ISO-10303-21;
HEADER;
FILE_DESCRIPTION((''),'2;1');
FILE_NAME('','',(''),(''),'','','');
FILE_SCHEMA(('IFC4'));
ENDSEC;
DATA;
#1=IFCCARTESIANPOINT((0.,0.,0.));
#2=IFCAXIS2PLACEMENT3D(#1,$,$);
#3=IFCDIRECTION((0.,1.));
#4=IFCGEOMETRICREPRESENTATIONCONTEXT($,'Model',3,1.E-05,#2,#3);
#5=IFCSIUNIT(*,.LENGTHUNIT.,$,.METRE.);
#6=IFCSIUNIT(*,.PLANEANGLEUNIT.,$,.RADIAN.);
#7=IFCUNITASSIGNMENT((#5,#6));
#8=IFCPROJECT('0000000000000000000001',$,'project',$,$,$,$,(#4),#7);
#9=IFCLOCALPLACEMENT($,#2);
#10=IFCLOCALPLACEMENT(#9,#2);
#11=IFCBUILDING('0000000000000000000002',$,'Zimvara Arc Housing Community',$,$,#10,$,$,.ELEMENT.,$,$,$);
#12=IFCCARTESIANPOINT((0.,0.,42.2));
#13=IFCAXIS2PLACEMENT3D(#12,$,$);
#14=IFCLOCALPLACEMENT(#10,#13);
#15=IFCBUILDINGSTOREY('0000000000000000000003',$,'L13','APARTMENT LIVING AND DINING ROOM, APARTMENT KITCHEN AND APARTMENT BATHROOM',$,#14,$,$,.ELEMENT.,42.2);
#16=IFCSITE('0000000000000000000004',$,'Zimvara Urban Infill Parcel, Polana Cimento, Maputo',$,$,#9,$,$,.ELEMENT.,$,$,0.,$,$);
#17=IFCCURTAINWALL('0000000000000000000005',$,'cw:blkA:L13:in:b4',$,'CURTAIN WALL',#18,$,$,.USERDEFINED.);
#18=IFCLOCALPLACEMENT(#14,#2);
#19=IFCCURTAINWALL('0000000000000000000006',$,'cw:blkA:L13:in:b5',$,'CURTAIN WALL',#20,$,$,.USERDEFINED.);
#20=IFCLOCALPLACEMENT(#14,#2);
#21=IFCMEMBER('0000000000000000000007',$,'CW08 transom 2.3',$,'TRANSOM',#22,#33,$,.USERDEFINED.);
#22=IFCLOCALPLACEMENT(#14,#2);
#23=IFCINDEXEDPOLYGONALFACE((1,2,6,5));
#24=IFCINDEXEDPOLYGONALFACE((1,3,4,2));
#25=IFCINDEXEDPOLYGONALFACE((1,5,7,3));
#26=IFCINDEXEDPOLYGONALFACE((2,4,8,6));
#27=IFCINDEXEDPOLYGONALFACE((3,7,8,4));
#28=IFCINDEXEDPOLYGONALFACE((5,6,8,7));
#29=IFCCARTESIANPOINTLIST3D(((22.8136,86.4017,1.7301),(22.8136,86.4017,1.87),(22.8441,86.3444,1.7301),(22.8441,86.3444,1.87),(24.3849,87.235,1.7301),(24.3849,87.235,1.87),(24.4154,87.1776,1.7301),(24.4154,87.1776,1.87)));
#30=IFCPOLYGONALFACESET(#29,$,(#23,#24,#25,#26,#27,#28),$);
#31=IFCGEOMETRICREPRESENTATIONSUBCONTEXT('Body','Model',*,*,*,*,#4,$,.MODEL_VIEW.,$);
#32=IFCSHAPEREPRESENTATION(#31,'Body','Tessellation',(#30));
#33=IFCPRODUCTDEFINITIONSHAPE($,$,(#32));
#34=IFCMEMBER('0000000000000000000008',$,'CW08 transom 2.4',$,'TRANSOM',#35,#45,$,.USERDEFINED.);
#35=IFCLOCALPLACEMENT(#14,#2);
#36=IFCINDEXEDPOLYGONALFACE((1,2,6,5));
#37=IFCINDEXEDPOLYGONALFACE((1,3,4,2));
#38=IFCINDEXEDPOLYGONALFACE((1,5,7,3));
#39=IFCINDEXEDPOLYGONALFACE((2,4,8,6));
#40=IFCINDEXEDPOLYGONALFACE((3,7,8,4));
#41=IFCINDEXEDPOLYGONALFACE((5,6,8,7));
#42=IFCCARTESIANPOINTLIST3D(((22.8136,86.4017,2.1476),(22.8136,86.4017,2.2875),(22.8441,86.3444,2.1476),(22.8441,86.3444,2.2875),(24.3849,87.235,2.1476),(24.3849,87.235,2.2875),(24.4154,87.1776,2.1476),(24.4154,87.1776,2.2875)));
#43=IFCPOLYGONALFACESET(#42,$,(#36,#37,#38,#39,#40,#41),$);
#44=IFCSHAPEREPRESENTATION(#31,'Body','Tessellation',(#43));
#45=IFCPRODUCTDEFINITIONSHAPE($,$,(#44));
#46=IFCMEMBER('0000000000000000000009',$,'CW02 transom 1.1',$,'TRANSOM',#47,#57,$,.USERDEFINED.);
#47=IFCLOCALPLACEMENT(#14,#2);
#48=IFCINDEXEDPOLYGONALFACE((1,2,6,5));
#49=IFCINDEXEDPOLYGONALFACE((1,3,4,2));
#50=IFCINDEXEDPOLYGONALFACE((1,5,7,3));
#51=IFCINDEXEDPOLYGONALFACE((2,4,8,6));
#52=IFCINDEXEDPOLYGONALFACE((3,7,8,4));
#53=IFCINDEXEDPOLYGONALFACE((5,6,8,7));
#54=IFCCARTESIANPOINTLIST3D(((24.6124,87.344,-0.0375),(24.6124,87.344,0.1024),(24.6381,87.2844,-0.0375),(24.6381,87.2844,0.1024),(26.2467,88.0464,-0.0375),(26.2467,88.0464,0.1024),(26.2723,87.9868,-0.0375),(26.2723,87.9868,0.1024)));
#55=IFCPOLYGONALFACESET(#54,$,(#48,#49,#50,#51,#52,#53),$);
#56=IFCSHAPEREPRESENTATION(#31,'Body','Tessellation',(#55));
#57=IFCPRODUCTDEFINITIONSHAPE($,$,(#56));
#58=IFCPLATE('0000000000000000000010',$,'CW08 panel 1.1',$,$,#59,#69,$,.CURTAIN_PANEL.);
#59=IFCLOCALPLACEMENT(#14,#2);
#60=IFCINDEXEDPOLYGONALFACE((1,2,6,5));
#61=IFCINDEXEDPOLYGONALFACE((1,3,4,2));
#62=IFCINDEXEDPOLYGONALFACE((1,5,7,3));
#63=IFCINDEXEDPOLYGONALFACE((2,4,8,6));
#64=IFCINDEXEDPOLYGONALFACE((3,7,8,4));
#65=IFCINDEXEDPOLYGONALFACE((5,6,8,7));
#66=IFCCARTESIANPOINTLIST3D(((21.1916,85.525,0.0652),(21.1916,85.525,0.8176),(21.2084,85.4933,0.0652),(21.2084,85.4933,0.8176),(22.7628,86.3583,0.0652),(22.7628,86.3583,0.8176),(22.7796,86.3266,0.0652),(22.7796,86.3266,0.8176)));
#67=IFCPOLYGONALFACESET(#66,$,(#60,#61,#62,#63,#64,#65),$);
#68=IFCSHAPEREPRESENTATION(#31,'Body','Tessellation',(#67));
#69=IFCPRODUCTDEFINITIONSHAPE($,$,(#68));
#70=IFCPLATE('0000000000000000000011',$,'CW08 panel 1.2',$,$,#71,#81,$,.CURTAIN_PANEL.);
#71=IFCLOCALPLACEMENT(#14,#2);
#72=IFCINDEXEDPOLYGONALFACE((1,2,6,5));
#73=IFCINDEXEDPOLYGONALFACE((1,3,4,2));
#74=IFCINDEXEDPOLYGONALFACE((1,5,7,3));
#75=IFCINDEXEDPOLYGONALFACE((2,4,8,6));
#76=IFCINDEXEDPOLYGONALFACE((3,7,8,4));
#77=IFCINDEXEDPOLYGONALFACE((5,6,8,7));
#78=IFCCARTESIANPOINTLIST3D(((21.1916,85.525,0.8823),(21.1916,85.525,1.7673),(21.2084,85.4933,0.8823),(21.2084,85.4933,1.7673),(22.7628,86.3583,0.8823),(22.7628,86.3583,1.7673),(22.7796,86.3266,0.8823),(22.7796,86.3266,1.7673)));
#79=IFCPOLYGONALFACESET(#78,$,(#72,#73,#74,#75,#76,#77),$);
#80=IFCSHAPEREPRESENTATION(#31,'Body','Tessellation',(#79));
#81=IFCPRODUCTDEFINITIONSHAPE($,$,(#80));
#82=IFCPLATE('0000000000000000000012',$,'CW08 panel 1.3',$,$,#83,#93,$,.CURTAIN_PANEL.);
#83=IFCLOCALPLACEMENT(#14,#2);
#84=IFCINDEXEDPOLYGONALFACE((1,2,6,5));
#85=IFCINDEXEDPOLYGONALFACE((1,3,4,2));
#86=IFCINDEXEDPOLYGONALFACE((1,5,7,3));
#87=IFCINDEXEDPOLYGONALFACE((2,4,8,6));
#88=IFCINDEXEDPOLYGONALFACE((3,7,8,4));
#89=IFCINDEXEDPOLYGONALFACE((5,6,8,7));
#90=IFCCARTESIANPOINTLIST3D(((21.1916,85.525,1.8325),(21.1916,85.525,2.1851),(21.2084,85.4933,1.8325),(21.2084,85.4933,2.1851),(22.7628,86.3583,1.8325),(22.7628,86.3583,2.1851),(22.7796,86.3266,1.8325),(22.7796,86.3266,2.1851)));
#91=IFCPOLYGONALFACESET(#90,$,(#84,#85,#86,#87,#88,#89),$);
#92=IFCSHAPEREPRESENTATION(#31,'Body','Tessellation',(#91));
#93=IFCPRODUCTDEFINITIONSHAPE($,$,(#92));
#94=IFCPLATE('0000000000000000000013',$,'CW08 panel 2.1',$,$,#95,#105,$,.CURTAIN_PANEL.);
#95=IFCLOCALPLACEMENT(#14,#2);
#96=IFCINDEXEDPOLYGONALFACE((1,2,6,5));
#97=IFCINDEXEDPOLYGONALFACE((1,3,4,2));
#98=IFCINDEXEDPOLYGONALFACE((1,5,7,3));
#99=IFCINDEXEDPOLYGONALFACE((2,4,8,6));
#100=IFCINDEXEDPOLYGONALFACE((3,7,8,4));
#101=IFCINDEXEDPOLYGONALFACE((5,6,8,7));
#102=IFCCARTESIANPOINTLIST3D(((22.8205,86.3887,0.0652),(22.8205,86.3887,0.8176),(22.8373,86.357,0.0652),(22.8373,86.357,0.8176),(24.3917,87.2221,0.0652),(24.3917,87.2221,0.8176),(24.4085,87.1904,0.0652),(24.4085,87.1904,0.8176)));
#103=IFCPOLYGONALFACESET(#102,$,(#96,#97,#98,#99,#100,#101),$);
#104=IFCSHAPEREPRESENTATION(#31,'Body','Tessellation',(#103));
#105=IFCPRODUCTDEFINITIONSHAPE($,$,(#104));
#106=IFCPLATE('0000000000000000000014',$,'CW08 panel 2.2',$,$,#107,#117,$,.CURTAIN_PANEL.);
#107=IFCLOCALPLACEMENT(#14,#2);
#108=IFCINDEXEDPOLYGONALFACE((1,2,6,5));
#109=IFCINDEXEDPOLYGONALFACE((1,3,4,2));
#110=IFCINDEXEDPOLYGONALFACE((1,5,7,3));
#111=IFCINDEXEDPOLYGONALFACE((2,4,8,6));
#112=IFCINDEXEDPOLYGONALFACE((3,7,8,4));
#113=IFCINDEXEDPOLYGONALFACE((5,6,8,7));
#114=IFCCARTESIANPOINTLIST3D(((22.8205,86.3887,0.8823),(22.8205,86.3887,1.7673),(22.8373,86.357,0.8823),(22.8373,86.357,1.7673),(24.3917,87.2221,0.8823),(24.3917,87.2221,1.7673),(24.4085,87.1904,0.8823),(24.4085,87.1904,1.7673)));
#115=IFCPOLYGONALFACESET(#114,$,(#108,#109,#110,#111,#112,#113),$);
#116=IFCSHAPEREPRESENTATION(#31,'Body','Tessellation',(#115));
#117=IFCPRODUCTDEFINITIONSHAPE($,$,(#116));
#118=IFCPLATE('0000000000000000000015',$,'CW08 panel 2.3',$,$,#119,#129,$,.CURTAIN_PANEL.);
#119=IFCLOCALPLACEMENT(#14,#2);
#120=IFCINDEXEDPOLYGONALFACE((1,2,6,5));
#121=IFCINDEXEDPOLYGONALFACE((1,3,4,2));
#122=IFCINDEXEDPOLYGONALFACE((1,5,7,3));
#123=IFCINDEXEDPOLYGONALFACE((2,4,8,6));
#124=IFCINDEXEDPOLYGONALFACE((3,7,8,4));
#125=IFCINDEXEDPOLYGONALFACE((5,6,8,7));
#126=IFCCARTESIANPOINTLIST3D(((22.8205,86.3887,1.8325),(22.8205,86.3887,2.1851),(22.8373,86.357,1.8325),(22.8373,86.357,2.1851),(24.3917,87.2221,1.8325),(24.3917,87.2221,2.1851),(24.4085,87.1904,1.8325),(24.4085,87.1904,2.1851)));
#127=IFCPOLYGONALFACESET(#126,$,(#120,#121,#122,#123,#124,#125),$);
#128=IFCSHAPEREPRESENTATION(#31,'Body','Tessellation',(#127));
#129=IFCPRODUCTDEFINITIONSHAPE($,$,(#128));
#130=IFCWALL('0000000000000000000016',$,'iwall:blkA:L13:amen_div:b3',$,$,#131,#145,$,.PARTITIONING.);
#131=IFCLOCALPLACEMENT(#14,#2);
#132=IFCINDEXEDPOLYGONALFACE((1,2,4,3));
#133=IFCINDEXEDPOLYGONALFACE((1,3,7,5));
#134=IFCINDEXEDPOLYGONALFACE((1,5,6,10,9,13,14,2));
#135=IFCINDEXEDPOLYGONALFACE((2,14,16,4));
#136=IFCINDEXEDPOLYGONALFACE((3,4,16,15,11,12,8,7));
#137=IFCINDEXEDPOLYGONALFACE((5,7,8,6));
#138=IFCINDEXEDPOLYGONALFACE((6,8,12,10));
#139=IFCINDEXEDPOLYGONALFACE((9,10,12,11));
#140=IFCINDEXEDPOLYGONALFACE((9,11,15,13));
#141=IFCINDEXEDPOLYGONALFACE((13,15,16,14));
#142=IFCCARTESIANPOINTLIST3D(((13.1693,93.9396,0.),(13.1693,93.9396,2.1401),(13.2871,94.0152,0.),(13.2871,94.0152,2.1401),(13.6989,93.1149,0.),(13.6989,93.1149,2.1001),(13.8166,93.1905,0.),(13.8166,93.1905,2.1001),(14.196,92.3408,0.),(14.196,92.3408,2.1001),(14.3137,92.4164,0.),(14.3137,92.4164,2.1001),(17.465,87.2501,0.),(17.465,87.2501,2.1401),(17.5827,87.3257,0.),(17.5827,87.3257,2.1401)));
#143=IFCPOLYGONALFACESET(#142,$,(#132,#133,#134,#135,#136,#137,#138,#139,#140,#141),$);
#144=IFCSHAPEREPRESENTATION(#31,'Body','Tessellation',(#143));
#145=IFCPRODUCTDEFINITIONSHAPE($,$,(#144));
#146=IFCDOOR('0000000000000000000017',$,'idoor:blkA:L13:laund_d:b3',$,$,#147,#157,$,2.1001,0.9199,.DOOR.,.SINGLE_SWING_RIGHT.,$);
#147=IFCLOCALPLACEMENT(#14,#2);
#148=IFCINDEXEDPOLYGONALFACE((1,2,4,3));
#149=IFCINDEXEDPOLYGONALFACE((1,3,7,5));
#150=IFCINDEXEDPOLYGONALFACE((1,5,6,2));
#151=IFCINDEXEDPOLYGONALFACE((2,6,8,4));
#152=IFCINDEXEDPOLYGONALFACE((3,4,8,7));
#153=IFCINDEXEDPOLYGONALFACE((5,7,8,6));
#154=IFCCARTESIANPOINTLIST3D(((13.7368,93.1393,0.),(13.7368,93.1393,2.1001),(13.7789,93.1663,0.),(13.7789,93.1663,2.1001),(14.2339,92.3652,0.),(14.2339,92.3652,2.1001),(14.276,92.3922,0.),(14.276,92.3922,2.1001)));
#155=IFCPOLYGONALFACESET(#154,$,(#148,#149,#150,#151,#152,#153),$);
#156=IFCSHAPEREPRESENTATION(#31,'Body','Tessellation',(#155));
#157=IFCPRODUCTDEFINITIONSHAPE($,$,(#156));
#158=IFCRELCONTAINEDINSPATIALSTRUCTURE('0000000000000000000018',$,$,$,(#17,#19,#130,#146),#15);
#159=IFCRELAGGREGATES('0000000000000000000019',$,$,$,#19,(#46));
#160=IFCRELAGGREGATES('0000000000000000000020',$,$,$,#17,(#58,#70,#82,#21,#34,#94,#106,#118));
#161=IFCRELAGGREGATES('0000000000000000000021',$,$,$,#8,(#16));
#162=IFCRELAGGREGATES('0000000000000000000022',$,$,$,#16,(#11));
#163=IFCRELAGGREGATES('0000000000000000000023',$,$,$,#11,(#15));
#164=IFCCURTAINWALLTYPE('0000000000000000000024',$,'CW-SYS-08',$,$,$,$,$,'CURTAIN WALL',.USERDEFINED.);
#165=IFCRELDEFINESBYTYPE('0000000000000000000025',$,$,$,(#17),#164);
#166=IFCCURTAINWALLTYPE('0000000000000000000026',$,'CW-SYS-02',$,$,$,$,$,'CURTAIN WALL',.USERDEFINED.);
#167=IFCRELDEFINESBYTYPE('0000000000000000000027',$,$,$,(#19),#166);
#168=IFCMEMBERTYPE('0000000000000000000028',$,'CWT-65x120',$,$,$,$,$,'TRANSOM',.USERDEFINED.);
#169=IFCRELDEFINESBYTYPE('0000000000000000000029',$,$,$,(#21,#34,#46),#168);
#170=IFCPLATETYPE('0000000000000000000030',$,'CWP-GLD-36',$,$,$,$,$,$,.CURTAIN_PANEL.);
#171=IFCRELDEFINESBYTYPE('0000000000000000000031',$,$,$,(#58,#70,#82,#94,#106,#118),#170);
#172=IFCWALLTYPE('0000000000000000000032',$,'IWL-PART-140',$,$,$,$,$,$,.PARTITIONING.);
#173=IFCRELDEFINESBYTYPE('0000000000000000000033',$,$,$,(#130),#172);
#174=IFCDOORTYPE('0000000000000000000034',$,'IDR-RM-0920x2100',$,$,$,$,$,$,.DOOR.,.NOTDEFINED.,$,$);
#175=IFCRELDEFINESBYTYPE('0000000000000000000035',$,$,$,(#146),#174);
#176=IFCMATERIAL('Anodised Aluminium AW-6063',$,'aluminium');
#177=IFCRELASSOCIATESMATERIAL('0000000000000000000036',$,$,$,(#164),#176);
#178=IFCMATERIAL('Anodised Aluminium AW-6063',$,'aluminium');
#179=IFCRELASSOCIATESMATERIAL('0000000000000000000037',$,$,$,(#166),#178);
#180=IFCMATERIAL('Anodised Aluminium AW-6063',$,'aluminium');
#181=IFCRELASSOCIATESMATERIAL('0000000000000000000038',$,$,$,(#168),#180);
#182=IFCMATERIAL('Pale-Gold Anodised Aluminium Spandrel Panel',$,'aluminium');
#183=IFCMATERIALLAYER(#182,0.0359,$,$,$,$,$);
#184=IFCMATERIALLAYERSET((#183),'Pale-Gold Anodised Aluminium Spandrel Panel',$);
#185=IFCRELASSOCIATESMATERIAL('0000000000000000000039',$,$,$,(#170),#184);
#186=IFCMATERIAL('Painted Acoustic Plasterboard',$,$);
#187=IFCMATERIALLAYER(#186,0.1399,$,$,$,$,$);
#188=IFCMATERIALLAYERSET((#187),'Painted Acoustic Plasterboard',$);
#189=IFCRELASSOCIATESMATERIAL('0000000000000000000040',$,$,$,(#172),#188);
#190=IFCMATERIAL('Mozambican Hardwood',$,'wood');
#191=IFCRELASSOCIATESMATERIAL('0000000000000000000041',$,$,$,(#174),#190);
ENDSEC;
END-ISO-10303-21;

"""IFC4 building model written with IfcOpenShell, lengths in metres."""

from ifc_helpers import new_model, si_unit, direction, frame, frame_2d, origin, origin_2d, place, context, subcontext, project, spatial, rectangle, extrude, material, layer, layer_set, material_profile, profile_set, type_object, element, fill, aggregate, save


model = new_model("IFC4")

# Units and contexts
model_context = context("Model", 3, precision=1e-05, world=origin(), true_north=direction((0.0, 1.0)))
body_context = subcontext(model_context, "Body", "Model", "MODEL_VIEW")
ifc_project = project(units=[si_unit("LENGTHUNIT", "METRE"), si_unit("PLANEANGLEUNIT", "RADIAN")], contexts=[model_context])

# Site, building, storey
site_placement = place(None, origin())
site = spatial("IfcSite", under=ifc_project, at=site_placement, Name="Zimvara Urban Infill Parcel, Polana Cimento, Maputo", CompositionType="ELEMENT", RefElevation=0.0)
building_placement = place(site_placement, origin())
building = spatial("IfcBuilding", under=site, at=building_placement, Name="Zimvara Arc Housing Community", CompositionType="ELEMENT")
storey_placement = place(building_placement, frame((0.0, 0.0, 42.2)))
storey = spatial("IfcBuildingStorey", under=building, at=storey_placement, Name="L13", Description="APARTMENT LIVING AND DINING ROOM, APARTMENT KITCHEN AND APARTMENT BATHROOM", CompositionType="ELEMENT", Elevation=42.2)

# Curtain wall
ifc_material_1 = material(Name="Anodised Aluminium AW-6063", Category="aluminium")
curtain_wall_type_1 = type_object("IfcCurtainWallType", Name="CW-SYS-08", ElementType="CURTAIN WALL", PredefinedType="USERDEFINED", material=ifc_material_1)
curtain_wall_1_placement = place(storey_placement, origin())
curtain_wall_1 = element("IfcCurtainWall", 1, at=curtain_wall_1_placement, inside=storey, type_object=curtain_wall_type_1, Name="cw:blkA:L13:in:b4", ObjectType="CURTAIN WALL", PredefinedType="USERDEFINED")

# Curtain wall
ifc_material_2 = material(Name="Anodised Aluminium AW-6063", Category="aluminium")
curtain_wall_type_2 = type_object("IfcCurtainWallType", Name="CW-SYS-02", ElementType="CURTAIN WALL", PredefinedType="USERDEFINED", material=ifc_material_2)
curtain_wall_2_placement = place(storey_placement, origin())
curtain_wall_2 = element("IfcCurtainWall", 2, at=curtain_wall_2_placement, inside=storey, type_object=curtain_wall_type_2, Name="cw:blkA:L13:in:b5", ObjectType="CURTAIN WALL", PredefinedType="USERDEFINED")

# Members
ifc_material_3 = material(Name="Anodised Aluminium AW-6063", Category="aluminium")
ifc_material_profile_1 = material_profile(ifc_material_3, rectangle(XDim=0.0649, YDim=0.1399, at=origin_2d()), Name="ALU 65x140")
ifc_profile_set_1 = profile_set([ifc_material_profile_1], Name="Anodised Aluminium AW-6063")
member_type_1 = type_object("IfcMemberType", Name="CWT-65x120", ElementType="TRANSOM", PredefinedType="USERDEFINED", material=ifc_profile_set_1)
member_1_placement = place(storey_placement, frame((22.8289, 86.373, 1.8), z_axis=(0.883464, 0.468499, 0.0), x_axis=(-0.468499, 0.883464, 0.0)))
member_1 = element("IfcMember", 3, at=member_1_placement, type_object=member_type_1, Name="CW08 transom 2.3", ObjectType="TRANSOM", PredefinedType="USERDEFINED", context=body_context, shape_type="SweptSolid", body=[
    extrude(rectangle(XDim=0.0649, YDim=0.1399, at=origin_2d()), origin(), (0.0, 0.0, 1.0), 1.7786),
])
member_2_placement = place(storey_placement, frame((22.8289, 86.373, 2.2175), z_axis=(0.883464, 0.468499, 0.0), x_axis=(-0.468499, 0.883464, 0.0)))
member_2 = element("IfcMember", 4, at=member_2_placement, type_object=member_type_1, Name="CW08 transom 2.4", ObjectType="TRANSOM", PredefinedType="USERDEFINED", context=body_context, shape_type="SweptSolid", body=[
    extrude(rectangle(XDim=0.0649, YDim=0.1399, at=origin_2d()), origin(), (0.0, 0.0, 1.0), 1.7786),
])
member_3_placement = place(storey_placement, frame((24.6252, 87.3142, 0.0325), z_axis=(0.91874, 0.394863, 0.0), x_axis=(-0.394863, 0.91874, 0.0)))
member_3 = element("IfcMember", 5, at=member_3_placement, type_object=member_type_1, Name="CW02 transom 1.1", ObjectType="TRANSOM", PredefinedType="USERDEFINED", context=body_context, shape_type="SweptSolid", body=[
    extrude(rectangle(XDim=0.0649, YDim=0.1399, at=origin_2d()), origin(), (0.0, 0.0, 1.0), 1.7788),
])
aggregate(curtain_wall_2, [member_3])

# Plates
ifc_material_4 = material(Name="Pale-Gold Anodised Aluminium Spandrel Panel", Category="aluminium")
ifc_layer_1 = layer(ifc_material_4, 0.0359)
ifc_layer_set_1 = layer_set([ifc_layer_1], Name="Pale-Gold Anodised Aluminium Spandrel Panel")
plate_type = type_object("IfcPlateType", Name="CWP-GLD-36", PredefinedType="CURTAIN_PANEL", material=ifc_layer_set_1)
plate_1_placement = place(storey_placement, frame((21.9856, 85.9258, 0.0652), z_axis=(0.0, 0.0, 1.0), x_axis=(0.883439, 0.468547, 0.0)))
plate_1 = element("IfcPlate", 6, at=plate_1_placement, type_object=plate_type, Name="CW08 panel 1.1", PredefinedType="CURTAIN_PANEL", context=body_context, shape_type="SweptSolid", body=[
    extrude(rectangle(XDim=1.7786, YDim=0.0359, at=origin_2d()), origin(), (0.0, 0.0, 1.0), 0.7524),
])
plate_2_placement = place(storey_placement, frame((21.9856, 85.9258, 0.8823), z_axis=(0.0, 0.0, 1.0), x_axis=(0.883439, 0.468547, 0.0)))
plate_2 = element("IfcPlate", 7, at=plate_2_placement, type_object=plate_type, Name="CW08 panel 1.2", PredefinedType="CURTAIN_PANEL", context=body_context, shape_type="SweptSolid", body=[
    extrude(rectangle(XDim=1.7786, YDim=0.0359, at=origin_2d()), origin(), (0.0, 0.0, 1.0), 0.885),
])
plate_3_placement = place(storey_placement, frame((21.9856, 85.9258, 1.8325), z_axis=(0.0, 0.0, 1.0), x_axis=(0.883439, 0.468547, 0.0)))
plate_3 = element("IfcPlate", 8, at=plate_3_placement, type_object=plate_type, Name="CW08 panel 1.3", PredefinedType="CURTAIN_PANEL", context=body_context, shape_type="SweptSolid", body=[
    extrude(rectangle(XDim=1.7786, YDim=0.0359, at=origin_2d()), origin(), (0.0, 0.0, 1.0), 0.3525),
])
plate_4_placement = place(storey_placement, frame((23.6145, 86.7896, 0.0652), z_axis=(0.0, 0.0, 1.0), x_axis=(0.883439, 0.468547, 0.0)))
plate_4 = element("IfcPlate", 9, at=plate_4_placement, type_object=plate_type, Name="CW08 panel 2.1", PredefinedType="CURTAIN_PANEL", context=body_context, shape_type="SweptSolid", body=[
    extrude(rectangle(XDim=1.7786, YDim=0.0359, at=origin_2d()), origin(), (0.0, 0.0, 1.0), 0.7524),
])
plate_5_placement = place(storey_placement, frame((23.6145, 86.7896, 0.8823), z_axis=(0.0, 0.0, 1.0), x_axis=(0.883439, 0.468547, 0.0)))
plate_5 = element("IfcPlate", 10, at=plate_5_placement, type_object=plate_type, Name="CW08 panel 2.2", PredefinedType="CURTAIN_PANEL", context=body_context, shape_type="SweptSolid", body=[
    extrude(rectangle(XDim=1.7786, YDim=0.0359, at=origin_2d()), origin(), (0.0, 0.0, 1.0), 0.885),
])
plate_6_placement = place(storey_placement, frame((23.6145, 86.7896, 1.8325), z_axis=(0.0, 0.0, 1.0), x_axis=(0.883439, 0.468547, 0.0)))
plate_6 = element("IfcPlate", 11, at=plate_6_placement, type_object=plate_type, Name="CW08 panel 2.3", PredefinedType="CURTAIN_PANEL", context=body_context, shape_type="SweptSolid", body=[
    extrude(rectangle(XDim=1.7786, YDim=0.0359, at=origin_2d()), origin(), (0.0, 0.0, 1.0), 0.3525),
])
aggregate(curtain_wall_1, [plate_1, plate_2, plate_3, member_1, member_2, plate_4, plate_5, plate_6])

# Wall, opening, door
ifc_material_5 = material(Name="Painted Acoustic Plasterboard")
ifc_layer_2 = layer(ifc_material_5, 0.1399)
ifc_layer_set_2 = layer_set([ifc_layer_2], Name="Painted Acoustic Plasterboard")
wall_type_1 = type_object("IfcWallType", Name="IWL-PART-140", PredefinedType="PARTITIONING", material=ifc_layer_set_2)
wall_1_placement = place(storey_placement, frame((17.5239, 87.2878, 0.0), z_axis=(0.0, 0.0, 1.0), x_axis=(-0.540338, 0.841448, 0.0)))
wall_1 = element("IfcWall", 12, at=wall_1_placement, inside=storey, type_object=wall_type_1, Name="iwall:blkA:L13:amen_div:b3", PredefinedType="PARTITIONING", context=body_context, shape_type="SweptSolid", body=[
    extrude(rectangle(XDim=7.95, YDim=0.1399, at=frame_2d((3.9751, 0.0))), origin(), (0.0, 0.0, 1.0), 2.1401),
])
opening_1_placement = place(wall_1_placement, frame((6.05, 0.0, 0.0)))
opening_1 = element("IfcOpeningElement", 13, at=opening_1_placement, cuts=wall_1, PredefinedType="OPENING", context=body_context, shape_type="SweptSolid", body=[
    extrude(rectangle(XDim=0.9199, YDim=2.1001, at=frame_2d((0.46, 1.05))), frame((0.0, 0.0798, 0.0), z_axis=(0.0, -1.0, 0.0), x_axis=(1.0, 0.0, 0.0)), (0.0, 0.0, 1.0), 0.1599),
])
ifc_material_6 = material(Name="Mozambican Hardwood", Category="wood")
door_type_1 = type_object("IfcDoorType", Name="IDR-RM-0920x2100", OperationType="NOTDEFINED", PredefinedType="DOOR", material=ifc_material_6)
door_1_placement = place(opening_1_placement, origin())
door_1 = element("IfcDoor", 14, at=door_1_placement, inside=storey, type_object=door_type_1, Name="idoor:blkA:L13:laund_d:b3", OperationType="SINGLE_SWING_RIGHT", OverallHeight=2.1001, OverallWidth=0.9199, PredefinedType="DOOR", context=body_context, shape_type="SweptSolid", body=[
    extrude(rectangle(XDim=0.9199, YDim=2.1001, at=frame_2d((0.46, 1.05))), frame((0.0, 0.0249, 0.0), z_axis=(0.0, -1.0, 0.0), x_axis=(1.0, 0.0, 0.0)), (0.0, 0.0, 1.0), 0.05),
])
fill(opening_1, door_1)

save(model, "model.ifc")
